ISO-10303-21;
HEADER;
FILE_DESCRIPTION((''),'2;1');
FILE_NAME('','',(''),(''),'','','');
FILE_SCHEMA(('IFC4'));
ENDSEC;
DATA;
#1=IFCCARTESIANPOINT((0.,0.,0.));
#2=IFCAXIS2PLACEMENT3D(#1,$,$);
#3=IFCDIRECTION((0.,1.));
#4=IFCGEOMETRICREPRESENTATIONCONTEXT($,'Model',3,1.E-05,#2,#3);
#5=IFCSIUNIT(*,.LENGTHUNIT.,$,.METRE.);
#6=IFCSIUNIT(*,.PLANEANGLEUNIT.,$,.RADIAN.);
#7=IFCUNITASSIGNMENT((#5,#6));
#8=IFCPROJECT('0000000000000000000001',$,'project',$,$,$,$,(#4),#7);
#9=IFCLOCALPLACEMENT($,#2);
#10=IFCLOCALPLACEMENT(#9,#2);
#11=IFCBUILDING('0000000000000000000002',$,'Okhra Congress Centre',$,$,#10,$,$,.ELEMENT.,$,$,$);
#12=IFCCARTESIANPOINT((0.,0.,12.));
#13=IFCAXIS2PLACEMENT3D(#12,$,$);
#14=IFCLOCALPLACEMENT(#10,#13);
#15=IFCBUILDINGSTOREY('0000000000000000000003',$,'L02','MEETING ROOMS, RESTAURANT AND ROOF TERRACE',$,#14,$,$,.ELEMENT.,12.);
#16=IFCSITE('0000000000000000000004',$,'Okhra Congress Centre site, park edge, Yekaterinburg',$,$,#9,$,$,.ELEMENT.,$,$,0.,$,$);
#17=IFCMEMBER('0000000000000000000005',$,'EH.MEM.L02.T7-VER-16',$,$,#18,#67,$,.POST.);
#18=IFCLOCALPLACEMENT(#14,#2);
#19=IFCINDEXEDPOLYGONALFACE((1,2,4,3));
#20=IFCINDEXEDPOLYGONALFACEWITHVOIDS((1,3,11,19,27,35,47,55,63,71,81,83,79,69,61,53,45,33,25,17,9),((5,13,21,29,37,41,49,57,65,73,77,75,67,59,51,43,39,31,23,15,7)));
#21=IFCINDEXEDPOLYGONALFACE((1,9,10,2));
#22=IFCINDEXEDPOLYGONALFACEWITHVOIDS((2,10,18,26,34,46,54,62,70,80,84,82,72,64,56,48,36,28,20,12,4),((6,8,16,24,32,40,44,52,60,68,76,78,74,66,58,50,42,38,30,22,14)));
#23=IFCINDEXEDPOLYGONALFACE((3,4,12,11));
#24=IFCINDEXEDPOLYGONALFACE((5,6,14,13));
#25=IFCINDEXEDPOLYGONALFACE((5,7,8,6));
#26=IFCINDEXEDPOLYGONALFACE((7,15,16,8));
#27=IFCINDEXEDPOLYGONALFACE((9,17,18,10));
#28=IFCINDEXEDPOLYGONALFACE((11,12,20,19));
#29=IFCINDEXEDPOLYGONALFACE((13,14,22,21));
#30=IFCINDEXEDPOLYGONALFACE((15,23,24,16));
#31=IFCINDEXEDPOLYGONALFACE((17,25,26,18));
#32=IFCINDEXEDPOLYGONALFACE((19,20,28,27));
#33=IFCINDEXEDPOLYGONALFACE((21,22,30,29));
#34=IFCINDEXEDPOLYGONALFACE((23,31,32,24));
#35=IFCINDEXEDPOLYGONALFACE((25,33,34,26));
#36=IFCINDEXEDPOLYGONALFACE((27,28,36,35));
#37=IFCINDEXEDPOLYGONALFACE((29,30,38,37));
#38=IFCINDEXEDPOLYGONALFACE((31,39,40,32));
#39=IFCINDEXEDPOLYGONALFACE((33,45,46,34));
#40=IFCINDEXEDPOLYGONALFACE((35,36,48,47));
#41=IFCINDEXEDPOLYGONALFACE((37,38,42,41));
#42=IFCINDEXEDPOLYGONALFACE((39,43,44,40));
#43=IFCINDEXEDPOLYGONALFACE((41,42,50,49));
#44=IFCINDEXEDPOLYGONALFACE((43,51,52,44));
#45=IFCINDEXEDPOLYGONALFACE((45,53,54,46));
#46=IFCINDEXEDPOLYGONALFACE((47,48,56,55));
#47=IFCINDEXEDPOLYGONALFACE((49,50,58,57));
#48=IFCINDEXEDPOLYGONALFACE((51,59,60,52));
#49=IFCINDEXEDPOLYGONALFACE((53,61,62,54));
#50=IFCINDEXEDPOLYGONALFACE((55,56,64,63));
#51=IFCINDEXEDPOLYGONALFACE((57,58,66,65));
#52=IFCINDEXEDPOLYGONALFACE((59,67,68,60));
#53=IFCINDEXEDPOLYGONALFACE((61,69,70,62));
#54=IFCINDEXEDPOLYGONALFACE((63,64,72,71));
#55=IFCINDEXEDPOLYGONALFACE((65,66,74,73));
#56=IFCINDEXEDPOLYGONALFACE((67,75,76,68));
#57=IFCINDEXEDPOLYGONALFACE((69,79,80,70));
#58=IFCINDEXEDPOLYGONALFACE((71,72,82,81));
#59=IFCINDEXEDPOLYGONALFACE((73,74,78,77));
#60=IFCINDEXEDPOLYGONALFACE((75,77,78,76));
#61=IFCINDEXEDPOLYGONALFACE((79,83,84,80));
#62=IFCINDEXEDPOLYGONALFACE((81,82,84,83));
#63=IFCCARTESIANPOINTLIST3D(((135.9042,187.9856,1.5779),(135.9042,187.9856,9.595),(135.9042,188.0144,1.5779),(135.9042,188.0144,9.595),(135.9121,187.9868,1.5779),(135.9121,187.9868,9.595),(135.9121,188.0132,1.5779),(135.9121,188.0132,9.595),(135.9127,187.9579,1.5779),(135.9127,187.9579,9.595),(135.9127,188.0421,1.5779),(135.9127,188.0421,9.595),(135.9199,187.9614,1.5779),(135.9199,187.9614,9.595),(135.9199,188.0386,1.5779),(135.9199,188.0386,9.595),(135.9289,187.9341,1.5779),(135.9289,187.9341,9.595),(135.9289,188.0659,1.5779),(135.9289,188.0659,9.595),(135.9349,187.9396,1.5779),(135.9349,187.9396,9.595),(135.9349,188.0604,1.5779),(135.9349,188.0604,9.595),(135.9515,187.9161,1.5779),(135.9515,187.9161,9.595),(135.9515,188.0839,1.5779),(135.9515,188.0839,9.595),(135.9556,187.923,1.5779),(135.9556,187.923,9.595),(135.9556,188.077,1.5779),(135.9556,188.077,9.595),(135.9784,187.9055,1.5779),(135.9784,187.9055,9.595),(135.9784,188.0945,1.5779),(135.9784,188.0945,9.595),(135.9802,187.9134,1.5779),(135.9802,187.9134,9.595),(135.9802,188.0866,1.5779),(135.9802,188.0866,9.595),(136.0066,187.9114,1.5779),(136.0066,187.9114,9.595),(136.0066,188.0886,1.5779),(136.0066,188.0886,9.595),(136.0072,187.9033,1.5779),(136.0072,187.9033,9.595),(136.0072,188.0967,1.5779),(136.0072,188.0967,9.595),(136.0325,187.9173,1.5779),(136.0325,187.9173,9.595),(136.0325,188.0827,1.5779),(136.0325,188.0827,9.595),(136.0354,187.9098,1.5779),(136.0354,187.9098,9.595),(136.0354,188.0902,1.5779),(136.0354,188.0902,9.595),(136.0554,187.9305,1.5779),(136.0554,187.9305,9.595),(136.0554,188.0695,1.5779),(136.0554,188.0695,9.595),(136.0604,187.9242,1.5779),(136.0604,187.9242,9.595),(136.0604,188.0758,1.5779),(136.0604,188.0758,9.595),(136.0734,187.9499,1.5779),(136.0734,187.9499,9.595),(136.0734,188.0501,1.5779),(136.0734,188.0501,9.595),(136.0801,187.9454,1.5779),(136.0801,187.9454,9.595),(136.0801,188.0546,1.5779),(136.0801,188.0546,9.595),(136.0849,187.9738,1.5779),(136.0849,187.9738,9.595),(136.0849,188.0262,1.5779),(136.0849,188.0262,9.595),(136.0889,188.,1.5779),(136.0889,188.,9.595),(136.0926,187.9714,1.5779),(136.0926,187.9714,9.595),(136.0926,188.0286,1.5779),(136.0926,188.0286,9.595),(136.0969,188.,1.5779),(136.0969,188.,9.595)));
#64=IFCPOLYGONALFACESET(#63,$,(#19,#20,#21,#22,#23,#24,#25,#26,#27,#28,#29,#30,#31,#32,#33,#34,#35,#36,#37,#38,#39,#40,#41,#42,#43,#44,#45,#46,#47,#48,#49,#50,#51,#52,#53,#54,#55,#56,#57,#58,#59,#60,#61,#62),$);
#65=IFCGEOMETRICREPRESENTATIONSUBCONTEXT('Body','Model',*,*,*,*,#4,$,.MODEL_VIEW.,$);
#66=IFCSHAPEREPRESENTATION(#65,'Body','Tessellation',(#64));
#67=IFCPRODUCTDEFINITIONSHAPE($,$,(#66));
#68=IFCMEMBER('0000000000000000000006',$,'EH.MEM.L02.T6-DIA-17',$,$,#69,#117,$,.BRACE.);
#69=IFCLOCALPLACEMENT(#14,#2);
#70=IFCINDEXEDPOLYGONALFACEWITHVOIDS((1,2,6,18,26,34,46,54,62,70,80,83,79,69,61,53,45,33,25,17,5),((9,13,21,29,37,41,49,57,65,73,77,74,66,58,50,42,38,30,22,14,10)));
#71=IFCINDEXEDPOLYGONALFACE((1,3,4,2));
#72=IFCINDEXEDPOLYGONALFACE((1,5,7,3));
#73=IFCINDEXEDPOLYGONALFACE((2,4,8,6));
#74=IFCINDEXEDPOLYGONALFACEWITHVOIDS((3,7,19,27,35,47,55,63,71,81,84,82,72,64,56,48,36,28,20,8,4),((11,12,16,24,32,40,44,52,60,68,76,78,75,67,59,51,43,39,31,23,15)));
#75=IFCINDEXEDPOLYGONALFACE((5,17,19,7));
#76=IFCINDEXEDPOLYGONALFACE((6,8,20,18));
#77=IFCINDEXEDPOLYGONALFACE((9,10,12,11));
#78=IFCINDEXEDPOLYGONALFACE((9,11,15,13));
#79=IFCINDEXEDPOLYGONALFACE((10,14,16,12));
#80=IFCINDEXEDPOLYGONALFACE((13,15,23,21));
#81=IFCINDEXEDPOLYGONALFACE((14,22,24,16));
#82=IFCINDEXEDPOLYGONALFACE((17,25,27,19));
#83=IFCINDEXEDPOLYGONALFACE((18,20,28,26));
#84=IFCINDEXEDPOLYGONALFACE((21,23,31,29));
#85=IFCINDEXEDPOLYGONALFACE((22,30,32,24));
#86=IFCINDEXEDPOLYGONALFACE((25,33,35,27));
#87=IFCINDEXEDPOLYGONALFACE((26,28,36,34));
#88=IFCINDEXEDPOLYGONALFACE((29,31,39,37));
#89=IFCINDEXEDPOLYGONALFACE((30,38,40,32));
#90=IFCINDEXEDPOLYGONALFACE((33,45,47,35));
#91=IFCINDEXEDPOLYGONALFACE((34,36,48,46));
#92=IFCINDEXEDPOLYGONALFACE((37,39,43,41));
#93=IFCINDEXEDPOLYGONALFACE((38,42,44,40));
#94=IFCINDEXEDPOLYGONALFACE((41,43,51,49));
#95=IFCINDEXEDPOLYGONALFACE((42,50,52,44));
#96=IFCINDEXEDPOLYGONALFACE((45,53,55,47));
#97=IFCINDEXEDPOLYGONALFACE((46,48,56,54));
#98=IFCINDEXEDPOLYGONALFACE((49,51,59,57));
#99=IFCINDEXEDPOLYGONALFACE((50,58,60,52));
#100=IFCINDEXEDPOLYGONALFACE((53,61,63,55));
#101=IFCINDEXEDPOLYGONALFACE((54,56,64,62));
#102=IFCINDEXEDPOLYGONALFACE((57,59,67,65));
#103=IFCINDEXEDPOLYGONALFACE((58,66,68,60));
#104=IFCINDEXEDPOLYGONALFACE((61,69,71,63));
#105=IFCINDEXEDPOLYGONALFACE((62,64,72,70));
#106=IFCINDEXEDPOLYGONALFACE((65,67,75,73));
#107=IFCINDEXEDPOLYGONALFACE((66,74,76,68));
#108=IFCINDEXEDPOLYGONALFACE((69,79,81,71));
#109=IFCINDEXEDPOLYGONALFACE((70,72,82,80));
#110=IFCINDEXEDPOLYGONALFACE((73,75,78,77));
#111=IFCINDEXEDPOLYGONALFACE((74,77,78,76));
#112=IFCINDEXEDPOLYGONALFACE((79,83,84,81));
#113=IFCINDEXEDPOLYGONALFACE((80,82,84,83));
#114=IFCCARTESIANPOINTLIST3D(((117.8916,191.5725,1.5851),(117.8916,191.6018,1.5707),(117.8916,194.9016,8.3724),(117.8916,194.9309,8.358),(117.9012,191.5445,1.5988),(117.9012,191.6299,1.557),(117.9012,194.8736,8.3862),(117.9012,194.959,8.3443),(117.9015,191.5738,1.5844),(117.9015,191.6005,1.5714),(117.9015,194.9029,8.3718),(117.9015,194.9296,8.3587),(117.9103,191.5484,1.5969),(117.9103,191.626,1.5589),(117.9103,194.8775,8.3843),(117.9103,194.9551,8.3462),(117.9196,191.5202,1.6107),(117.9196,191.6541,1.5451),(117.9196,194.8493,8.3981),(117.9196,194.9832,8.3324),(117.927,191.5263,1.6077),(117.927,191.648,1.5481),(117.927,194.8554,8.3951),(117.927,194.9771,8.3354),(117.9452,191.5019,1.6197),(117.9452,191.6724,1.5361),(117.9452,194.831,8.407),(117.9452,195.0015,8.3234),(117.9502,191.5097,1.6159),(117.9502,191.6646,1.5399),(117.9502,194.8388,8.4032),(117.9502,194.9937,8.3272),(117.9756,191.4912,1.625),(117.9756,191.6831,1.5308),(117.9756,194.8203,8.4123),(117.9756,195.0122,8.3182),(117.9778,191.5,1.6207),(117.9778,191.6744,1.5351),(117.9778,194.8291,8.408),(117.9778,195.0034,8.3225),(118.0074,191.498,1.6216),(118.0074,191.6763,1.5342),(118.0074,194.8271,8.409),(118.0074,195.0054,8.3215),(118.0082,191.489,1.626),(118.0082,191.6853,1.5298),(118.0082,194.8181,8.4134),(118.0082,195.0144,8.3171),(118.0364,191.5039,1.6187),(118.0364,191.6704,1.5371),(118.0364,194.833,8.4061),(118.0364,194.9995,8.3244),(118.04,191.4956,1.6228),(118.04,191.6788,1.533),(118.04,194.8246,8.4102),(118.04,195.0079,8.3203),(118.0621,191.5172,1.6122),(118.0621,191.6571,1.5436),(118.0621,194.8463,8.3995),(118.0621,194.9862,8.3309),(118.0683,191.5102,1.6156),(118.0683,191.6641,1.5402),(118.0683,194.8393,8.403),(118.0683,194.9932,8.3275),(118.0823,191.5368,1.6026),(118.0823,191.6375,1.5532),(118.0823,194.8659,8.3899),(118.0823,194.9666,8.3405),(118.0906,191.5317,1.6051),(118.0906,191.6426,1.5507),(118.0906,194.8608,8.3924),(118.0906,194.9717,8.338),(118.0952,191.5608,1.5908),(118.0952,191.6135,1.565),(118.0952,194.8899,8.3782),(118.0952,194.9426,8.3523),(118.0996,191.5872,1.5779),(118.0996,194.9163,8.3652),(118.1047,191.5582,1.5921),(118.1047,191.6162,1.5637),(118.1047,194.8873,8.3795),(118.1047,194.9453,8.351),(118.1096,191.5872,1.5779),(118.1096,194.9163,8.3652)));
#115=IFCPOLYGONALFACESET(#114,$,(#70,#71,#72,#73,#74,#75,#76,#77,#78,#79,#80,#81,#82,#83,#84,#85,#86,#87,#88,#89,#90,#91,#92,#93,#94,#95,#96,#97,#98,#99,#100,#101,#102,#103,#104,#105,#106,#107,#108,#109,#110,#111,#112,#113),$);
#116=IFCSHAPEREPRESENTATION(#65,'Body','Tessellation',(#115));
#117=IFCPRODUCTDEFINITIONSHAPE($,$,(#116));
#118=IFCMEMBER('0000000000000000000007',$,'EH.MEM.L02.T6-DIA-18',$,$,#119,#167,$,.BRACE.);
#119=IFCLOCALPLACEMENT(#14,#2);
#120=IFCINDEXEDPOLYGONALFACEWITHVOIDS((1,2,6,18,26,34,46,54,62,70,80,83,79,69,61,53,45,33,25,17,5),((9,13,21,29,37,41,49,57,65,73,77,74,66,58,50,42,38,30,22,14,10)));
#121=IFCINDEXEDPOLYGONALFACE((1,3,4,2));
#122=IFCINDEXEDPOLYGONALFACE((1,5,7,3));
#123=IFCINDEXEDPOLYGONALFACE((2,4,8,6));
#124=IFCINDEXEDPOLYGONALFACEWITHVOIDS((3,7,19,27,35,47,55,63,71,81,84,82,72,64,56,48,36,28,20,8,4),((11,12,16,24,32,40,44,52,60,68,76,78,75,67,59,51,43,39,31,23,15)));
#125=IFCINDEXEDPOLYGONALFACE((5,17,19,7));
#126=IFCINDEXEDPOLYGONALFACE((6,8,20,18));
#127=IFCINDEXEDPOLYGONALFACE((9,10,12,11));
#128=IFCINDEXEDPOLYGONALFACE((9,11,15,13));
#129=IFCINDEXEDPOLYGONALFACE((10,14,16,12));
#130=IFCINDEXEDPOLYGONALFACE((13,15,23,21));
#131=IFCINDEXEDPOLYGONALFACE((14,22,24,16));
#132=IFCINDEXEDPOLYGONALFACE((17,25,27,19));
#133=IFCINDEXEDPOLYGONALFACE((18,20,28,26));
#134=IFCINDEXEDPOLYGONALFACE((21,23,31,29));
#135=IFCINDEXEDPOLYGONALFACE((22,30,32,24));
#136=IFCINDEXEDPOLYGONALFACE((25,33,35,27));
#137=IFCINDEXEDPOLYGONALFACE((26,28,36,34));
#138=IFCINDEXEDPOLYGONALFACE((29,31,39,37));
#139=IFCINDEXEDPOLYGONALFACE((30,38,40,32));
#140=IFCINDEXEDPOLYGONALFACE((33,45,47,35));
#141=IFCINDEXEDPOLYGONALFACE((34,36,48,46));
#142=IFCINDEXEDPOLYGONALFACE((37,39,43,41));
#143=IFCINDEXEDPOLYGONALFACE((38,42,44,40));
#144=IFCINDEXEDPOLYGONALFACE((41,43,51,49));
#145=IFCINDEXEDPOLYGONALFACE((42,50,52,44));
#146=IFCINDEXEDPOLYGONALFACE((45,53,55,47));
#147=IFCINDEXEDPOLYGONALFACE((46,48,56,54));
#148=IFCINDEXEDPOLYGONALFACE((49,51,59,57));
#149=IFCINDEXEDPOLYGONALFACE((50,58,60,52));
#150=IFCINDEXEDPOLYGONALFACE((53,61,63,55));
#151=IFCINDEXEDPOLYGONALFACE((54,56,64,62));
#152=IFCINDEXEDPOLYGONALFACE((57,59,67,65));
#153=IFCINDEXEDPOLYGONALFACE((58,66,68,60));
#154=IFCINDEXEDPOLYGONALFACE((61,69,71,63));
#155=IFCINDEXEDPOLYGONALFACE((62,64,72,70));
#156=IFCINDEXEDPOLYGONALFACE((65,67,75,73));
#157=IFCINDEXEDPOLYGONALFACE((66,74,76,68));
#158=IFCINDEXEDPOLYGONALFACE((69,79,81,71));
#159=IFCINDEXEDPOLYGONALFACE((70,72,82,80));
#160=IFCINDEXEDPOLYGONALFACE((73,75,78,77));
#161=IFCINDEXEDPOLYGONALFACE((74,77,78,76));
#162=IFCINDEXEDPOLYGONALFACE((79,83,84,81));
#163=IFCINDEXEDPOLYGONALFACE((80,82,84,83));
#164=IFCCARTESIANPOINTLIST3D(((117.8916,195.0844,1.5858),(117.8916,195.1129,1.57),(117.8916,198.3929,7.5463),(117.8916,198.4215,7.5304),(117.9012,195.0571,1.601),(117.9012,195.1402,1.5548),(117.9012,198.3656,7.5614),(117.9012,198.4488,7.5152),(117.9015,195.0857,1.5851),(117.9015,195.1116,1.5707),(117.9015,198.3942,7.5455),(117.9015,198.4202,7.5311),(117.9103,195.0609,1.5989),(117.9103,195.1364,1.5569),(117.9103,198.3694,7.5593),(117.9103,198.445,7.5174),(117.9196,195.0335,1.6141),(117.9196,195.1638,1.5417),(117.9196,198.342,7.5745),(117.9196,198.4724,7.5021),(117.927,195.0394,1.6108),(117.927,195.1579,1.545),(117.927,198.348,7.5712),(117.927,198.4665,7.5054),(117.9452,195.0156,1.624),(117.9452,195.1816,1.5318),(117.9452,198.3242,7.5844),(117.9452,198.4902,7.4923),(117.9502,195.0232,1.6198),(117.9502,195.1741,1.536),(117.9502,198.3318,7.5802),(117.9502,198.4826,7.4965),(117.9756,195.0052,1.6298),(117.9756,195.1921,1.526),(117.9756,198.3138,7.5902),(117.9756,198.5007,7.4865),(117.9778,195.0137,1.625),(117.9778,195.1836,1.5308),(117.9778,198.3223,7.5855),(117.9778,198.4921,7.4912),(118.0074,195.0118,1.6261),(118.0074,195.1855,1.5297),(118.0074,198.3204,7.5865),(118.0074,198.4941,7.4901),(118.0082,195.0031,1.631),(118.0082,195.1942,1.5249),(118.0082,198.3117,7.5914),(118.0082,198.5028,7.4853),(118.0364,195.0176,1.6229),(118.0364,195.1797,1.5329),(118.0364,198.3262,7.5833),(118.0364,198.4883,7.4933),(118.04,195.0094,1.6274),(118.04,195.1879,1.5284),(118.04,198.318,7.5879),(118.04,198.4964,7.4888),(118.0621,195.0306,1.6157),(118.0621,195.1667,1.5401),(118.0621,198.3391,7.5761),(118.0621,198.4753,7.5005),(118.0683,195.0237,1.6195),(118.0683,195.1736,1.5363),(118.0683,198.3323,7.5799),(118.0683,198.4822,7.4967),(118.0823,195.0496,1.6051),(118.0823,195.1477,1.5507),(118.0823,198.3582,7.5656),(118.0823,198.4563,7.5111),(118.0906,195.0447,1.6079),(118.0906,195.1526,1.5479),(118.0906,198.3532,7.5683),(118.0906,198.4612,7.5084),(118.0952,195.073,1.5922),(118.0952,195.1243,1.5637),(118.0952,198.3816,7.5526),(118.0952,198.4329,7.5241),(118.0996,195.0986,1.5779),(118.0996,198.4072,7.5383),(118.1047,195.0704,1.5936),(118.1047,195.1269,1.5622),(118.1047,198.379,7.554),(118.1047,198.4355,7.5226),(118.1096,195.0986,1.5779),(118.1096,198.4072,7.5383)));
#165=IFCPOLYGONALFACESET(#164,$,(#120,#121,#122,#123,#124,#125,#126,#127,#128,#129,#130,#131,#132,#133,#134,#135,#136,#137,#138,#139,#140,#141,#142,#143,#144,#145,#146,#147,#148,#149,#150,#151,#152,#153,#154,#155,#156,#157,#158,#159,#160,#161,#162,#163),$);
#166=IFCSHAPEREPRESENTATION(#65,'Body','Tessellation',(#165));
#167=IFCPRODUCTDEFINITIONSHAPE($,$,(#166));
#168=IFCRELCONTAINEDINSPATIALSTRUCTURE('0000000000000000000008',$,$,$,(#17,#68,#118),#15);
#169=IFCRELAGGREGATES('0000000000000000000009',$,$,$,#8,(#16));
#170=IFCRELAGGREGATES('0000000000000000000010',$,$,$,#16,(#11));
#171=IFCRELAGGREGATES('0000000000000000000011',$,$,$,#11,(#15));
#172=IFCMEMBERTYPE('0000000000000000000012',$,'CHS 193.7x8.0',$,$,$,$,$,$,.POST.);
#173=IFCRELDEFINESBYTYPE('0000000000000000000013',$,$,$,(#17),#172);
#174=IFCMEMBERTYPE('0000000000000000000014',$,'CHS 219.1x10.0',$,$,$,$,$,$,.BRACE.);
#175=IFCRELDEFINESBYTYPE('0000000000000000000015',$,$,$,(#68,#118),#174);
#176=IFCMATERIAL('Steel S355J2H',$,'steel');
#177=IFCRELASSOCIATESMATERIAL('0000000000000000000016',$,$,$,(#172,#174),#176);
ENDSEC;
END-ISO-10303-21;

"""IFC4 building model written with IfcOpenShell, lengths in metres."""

from ifc_helpers import new_model, si_unit, direction, frame, origin, origin_2d, place, context, subcontext, project, spatial, hollow_circle, extrude, material, material_profile, profile_set, type_object, element, save


model = new_model("IFC4")

# Units and contexts
model_context = context("Model", 3, precision=1e-05, world=origin(), true_north=direction((0.0, 1.0)))
body_context = subcontext(model_context, "Body", "Model", "MODEL_VIEW")
ifc_project = project(units=[si_unit("LENGTHUNIT", "METRE"), si_unit("PLANEANGLEUNIT", "RADIAN")], contexts=[model_context])

# Site, building, storey
site_placement = place(None, origin())
site = spatial("IfcSite", under=ifc_project, at=site_placement, Name="Okhra Congress Centre site, park edge, Yekaterinburg", CompositionType="ELEMENT", RefElevation=0.0)
building_placement = place(site_placement, origin())
building = spatial("IfcBuilding", under=site, at=building_placement, Name="Okhra Congress Centre", CompositionType="ELEMENT")
storey_placement = place(building_placement, frame((0.0, 0.0, 12.0)))
storey = spatial("IfcBuildingStorey", under=building, at=storey_placement, Name="L02", Description="MEETING ROOMS, RESTAURANT AND ROOF TERRACE", CompositionType="ELEMENT", Elevation=12.0)

# Members
ifc_material_1 = material(Name="Steel S355J2H", Category="steel")
ifc_material_profile_1 = material_profile(ifc_material_1, hollow_circle(Radius=0.0969, WallThickness=0.0081, at=origin_2d()), Name="CHS 193.7x8.0")
ifc_profile_set_1 = profile_set([ifc_material_profile_1], Name="Steel S355J2H")
member_type_1 = type_object("IfcMemberType", Name="CHS 193.7x8.0", PredefinedType="POST", material=ifc_profile_set_1)
member_1_placement = place(storey_placement, frame((136.0, 188.0, 1.5779), z_axis=(0.0, 0.0, 1.0), x_axis=(1.0, 0.0, 0.0)))
element("IfcMember", 1, at=member_1_placement, inside=storey, type_object=member_type_1, Name="EH.MEM.L02.T7-VER-16", PredefinedType="POST", context=body_context, shape_type="SweptSolid", body=[
    extrude(hollow_circle(Radius=0.0969, WallThickness=0.0081, at=origin_2d()), origin(), (0.0, 0.0, 1.0), 8.0171),
])
ifc_material_profile_2 = material_profile(ifc_material_1, hollow_circle(Radius=0.1096, WallThickness=0.01, at=origin_2d()), Name="CHS 219.1x10.0")
ifc_profile_set_2 = profile_set([ifc_material_profile_2], Name="Steel S355J2H")
member_type_2 = type_object("IfcMemberType", Name="CHS 219.1x10.0", PredefinedType="BRACE", material=ifc_profile_set_2)
member_2_placement = place(storey_placement, frame((118.0, 194.9163, 8.3652), z_axis=(0.0, -0.440367, -0.897818), x_axis=(1.0, 0.0, 0.0)))
element("IfcMember", 2, at=member_2_placement, inside=storey, type_object=member_type_2, Name="EH.MEM.L02.T6-DIA-17", PredefinedType="BRACE", context=body_context, shape_type="SweptSolid", body=[
    extrude(hollow_circle(Radius=0.1096, WallThickness=0.01, at=origin_2d()), origin(), (0.0, 0.0, 1.0), 7.5598),
])
member_3_placement = place(storey_placement, frame((118.0, 198.4072, 7.5383), z_axis=(0.0, -0.485333, -0.87433), x_axis=(1.0, 0.0, 0.0)))
element("IfcMember", 3, at=member_3_placement, inside=storey, type_object=member_type_2, Name="EH.MEM.L02.T6-DIA-18", PredefinedType="BRACE", context=body_context, shape_type="SweptSolid", body=[
    extrude(hollow_circle(Radius=0.1096, WallThickness=0.01, at=origin_2d()), origin(), (0.0, 0.0, 1.0), 6.8171),
])

save(model, "model.ifc")
